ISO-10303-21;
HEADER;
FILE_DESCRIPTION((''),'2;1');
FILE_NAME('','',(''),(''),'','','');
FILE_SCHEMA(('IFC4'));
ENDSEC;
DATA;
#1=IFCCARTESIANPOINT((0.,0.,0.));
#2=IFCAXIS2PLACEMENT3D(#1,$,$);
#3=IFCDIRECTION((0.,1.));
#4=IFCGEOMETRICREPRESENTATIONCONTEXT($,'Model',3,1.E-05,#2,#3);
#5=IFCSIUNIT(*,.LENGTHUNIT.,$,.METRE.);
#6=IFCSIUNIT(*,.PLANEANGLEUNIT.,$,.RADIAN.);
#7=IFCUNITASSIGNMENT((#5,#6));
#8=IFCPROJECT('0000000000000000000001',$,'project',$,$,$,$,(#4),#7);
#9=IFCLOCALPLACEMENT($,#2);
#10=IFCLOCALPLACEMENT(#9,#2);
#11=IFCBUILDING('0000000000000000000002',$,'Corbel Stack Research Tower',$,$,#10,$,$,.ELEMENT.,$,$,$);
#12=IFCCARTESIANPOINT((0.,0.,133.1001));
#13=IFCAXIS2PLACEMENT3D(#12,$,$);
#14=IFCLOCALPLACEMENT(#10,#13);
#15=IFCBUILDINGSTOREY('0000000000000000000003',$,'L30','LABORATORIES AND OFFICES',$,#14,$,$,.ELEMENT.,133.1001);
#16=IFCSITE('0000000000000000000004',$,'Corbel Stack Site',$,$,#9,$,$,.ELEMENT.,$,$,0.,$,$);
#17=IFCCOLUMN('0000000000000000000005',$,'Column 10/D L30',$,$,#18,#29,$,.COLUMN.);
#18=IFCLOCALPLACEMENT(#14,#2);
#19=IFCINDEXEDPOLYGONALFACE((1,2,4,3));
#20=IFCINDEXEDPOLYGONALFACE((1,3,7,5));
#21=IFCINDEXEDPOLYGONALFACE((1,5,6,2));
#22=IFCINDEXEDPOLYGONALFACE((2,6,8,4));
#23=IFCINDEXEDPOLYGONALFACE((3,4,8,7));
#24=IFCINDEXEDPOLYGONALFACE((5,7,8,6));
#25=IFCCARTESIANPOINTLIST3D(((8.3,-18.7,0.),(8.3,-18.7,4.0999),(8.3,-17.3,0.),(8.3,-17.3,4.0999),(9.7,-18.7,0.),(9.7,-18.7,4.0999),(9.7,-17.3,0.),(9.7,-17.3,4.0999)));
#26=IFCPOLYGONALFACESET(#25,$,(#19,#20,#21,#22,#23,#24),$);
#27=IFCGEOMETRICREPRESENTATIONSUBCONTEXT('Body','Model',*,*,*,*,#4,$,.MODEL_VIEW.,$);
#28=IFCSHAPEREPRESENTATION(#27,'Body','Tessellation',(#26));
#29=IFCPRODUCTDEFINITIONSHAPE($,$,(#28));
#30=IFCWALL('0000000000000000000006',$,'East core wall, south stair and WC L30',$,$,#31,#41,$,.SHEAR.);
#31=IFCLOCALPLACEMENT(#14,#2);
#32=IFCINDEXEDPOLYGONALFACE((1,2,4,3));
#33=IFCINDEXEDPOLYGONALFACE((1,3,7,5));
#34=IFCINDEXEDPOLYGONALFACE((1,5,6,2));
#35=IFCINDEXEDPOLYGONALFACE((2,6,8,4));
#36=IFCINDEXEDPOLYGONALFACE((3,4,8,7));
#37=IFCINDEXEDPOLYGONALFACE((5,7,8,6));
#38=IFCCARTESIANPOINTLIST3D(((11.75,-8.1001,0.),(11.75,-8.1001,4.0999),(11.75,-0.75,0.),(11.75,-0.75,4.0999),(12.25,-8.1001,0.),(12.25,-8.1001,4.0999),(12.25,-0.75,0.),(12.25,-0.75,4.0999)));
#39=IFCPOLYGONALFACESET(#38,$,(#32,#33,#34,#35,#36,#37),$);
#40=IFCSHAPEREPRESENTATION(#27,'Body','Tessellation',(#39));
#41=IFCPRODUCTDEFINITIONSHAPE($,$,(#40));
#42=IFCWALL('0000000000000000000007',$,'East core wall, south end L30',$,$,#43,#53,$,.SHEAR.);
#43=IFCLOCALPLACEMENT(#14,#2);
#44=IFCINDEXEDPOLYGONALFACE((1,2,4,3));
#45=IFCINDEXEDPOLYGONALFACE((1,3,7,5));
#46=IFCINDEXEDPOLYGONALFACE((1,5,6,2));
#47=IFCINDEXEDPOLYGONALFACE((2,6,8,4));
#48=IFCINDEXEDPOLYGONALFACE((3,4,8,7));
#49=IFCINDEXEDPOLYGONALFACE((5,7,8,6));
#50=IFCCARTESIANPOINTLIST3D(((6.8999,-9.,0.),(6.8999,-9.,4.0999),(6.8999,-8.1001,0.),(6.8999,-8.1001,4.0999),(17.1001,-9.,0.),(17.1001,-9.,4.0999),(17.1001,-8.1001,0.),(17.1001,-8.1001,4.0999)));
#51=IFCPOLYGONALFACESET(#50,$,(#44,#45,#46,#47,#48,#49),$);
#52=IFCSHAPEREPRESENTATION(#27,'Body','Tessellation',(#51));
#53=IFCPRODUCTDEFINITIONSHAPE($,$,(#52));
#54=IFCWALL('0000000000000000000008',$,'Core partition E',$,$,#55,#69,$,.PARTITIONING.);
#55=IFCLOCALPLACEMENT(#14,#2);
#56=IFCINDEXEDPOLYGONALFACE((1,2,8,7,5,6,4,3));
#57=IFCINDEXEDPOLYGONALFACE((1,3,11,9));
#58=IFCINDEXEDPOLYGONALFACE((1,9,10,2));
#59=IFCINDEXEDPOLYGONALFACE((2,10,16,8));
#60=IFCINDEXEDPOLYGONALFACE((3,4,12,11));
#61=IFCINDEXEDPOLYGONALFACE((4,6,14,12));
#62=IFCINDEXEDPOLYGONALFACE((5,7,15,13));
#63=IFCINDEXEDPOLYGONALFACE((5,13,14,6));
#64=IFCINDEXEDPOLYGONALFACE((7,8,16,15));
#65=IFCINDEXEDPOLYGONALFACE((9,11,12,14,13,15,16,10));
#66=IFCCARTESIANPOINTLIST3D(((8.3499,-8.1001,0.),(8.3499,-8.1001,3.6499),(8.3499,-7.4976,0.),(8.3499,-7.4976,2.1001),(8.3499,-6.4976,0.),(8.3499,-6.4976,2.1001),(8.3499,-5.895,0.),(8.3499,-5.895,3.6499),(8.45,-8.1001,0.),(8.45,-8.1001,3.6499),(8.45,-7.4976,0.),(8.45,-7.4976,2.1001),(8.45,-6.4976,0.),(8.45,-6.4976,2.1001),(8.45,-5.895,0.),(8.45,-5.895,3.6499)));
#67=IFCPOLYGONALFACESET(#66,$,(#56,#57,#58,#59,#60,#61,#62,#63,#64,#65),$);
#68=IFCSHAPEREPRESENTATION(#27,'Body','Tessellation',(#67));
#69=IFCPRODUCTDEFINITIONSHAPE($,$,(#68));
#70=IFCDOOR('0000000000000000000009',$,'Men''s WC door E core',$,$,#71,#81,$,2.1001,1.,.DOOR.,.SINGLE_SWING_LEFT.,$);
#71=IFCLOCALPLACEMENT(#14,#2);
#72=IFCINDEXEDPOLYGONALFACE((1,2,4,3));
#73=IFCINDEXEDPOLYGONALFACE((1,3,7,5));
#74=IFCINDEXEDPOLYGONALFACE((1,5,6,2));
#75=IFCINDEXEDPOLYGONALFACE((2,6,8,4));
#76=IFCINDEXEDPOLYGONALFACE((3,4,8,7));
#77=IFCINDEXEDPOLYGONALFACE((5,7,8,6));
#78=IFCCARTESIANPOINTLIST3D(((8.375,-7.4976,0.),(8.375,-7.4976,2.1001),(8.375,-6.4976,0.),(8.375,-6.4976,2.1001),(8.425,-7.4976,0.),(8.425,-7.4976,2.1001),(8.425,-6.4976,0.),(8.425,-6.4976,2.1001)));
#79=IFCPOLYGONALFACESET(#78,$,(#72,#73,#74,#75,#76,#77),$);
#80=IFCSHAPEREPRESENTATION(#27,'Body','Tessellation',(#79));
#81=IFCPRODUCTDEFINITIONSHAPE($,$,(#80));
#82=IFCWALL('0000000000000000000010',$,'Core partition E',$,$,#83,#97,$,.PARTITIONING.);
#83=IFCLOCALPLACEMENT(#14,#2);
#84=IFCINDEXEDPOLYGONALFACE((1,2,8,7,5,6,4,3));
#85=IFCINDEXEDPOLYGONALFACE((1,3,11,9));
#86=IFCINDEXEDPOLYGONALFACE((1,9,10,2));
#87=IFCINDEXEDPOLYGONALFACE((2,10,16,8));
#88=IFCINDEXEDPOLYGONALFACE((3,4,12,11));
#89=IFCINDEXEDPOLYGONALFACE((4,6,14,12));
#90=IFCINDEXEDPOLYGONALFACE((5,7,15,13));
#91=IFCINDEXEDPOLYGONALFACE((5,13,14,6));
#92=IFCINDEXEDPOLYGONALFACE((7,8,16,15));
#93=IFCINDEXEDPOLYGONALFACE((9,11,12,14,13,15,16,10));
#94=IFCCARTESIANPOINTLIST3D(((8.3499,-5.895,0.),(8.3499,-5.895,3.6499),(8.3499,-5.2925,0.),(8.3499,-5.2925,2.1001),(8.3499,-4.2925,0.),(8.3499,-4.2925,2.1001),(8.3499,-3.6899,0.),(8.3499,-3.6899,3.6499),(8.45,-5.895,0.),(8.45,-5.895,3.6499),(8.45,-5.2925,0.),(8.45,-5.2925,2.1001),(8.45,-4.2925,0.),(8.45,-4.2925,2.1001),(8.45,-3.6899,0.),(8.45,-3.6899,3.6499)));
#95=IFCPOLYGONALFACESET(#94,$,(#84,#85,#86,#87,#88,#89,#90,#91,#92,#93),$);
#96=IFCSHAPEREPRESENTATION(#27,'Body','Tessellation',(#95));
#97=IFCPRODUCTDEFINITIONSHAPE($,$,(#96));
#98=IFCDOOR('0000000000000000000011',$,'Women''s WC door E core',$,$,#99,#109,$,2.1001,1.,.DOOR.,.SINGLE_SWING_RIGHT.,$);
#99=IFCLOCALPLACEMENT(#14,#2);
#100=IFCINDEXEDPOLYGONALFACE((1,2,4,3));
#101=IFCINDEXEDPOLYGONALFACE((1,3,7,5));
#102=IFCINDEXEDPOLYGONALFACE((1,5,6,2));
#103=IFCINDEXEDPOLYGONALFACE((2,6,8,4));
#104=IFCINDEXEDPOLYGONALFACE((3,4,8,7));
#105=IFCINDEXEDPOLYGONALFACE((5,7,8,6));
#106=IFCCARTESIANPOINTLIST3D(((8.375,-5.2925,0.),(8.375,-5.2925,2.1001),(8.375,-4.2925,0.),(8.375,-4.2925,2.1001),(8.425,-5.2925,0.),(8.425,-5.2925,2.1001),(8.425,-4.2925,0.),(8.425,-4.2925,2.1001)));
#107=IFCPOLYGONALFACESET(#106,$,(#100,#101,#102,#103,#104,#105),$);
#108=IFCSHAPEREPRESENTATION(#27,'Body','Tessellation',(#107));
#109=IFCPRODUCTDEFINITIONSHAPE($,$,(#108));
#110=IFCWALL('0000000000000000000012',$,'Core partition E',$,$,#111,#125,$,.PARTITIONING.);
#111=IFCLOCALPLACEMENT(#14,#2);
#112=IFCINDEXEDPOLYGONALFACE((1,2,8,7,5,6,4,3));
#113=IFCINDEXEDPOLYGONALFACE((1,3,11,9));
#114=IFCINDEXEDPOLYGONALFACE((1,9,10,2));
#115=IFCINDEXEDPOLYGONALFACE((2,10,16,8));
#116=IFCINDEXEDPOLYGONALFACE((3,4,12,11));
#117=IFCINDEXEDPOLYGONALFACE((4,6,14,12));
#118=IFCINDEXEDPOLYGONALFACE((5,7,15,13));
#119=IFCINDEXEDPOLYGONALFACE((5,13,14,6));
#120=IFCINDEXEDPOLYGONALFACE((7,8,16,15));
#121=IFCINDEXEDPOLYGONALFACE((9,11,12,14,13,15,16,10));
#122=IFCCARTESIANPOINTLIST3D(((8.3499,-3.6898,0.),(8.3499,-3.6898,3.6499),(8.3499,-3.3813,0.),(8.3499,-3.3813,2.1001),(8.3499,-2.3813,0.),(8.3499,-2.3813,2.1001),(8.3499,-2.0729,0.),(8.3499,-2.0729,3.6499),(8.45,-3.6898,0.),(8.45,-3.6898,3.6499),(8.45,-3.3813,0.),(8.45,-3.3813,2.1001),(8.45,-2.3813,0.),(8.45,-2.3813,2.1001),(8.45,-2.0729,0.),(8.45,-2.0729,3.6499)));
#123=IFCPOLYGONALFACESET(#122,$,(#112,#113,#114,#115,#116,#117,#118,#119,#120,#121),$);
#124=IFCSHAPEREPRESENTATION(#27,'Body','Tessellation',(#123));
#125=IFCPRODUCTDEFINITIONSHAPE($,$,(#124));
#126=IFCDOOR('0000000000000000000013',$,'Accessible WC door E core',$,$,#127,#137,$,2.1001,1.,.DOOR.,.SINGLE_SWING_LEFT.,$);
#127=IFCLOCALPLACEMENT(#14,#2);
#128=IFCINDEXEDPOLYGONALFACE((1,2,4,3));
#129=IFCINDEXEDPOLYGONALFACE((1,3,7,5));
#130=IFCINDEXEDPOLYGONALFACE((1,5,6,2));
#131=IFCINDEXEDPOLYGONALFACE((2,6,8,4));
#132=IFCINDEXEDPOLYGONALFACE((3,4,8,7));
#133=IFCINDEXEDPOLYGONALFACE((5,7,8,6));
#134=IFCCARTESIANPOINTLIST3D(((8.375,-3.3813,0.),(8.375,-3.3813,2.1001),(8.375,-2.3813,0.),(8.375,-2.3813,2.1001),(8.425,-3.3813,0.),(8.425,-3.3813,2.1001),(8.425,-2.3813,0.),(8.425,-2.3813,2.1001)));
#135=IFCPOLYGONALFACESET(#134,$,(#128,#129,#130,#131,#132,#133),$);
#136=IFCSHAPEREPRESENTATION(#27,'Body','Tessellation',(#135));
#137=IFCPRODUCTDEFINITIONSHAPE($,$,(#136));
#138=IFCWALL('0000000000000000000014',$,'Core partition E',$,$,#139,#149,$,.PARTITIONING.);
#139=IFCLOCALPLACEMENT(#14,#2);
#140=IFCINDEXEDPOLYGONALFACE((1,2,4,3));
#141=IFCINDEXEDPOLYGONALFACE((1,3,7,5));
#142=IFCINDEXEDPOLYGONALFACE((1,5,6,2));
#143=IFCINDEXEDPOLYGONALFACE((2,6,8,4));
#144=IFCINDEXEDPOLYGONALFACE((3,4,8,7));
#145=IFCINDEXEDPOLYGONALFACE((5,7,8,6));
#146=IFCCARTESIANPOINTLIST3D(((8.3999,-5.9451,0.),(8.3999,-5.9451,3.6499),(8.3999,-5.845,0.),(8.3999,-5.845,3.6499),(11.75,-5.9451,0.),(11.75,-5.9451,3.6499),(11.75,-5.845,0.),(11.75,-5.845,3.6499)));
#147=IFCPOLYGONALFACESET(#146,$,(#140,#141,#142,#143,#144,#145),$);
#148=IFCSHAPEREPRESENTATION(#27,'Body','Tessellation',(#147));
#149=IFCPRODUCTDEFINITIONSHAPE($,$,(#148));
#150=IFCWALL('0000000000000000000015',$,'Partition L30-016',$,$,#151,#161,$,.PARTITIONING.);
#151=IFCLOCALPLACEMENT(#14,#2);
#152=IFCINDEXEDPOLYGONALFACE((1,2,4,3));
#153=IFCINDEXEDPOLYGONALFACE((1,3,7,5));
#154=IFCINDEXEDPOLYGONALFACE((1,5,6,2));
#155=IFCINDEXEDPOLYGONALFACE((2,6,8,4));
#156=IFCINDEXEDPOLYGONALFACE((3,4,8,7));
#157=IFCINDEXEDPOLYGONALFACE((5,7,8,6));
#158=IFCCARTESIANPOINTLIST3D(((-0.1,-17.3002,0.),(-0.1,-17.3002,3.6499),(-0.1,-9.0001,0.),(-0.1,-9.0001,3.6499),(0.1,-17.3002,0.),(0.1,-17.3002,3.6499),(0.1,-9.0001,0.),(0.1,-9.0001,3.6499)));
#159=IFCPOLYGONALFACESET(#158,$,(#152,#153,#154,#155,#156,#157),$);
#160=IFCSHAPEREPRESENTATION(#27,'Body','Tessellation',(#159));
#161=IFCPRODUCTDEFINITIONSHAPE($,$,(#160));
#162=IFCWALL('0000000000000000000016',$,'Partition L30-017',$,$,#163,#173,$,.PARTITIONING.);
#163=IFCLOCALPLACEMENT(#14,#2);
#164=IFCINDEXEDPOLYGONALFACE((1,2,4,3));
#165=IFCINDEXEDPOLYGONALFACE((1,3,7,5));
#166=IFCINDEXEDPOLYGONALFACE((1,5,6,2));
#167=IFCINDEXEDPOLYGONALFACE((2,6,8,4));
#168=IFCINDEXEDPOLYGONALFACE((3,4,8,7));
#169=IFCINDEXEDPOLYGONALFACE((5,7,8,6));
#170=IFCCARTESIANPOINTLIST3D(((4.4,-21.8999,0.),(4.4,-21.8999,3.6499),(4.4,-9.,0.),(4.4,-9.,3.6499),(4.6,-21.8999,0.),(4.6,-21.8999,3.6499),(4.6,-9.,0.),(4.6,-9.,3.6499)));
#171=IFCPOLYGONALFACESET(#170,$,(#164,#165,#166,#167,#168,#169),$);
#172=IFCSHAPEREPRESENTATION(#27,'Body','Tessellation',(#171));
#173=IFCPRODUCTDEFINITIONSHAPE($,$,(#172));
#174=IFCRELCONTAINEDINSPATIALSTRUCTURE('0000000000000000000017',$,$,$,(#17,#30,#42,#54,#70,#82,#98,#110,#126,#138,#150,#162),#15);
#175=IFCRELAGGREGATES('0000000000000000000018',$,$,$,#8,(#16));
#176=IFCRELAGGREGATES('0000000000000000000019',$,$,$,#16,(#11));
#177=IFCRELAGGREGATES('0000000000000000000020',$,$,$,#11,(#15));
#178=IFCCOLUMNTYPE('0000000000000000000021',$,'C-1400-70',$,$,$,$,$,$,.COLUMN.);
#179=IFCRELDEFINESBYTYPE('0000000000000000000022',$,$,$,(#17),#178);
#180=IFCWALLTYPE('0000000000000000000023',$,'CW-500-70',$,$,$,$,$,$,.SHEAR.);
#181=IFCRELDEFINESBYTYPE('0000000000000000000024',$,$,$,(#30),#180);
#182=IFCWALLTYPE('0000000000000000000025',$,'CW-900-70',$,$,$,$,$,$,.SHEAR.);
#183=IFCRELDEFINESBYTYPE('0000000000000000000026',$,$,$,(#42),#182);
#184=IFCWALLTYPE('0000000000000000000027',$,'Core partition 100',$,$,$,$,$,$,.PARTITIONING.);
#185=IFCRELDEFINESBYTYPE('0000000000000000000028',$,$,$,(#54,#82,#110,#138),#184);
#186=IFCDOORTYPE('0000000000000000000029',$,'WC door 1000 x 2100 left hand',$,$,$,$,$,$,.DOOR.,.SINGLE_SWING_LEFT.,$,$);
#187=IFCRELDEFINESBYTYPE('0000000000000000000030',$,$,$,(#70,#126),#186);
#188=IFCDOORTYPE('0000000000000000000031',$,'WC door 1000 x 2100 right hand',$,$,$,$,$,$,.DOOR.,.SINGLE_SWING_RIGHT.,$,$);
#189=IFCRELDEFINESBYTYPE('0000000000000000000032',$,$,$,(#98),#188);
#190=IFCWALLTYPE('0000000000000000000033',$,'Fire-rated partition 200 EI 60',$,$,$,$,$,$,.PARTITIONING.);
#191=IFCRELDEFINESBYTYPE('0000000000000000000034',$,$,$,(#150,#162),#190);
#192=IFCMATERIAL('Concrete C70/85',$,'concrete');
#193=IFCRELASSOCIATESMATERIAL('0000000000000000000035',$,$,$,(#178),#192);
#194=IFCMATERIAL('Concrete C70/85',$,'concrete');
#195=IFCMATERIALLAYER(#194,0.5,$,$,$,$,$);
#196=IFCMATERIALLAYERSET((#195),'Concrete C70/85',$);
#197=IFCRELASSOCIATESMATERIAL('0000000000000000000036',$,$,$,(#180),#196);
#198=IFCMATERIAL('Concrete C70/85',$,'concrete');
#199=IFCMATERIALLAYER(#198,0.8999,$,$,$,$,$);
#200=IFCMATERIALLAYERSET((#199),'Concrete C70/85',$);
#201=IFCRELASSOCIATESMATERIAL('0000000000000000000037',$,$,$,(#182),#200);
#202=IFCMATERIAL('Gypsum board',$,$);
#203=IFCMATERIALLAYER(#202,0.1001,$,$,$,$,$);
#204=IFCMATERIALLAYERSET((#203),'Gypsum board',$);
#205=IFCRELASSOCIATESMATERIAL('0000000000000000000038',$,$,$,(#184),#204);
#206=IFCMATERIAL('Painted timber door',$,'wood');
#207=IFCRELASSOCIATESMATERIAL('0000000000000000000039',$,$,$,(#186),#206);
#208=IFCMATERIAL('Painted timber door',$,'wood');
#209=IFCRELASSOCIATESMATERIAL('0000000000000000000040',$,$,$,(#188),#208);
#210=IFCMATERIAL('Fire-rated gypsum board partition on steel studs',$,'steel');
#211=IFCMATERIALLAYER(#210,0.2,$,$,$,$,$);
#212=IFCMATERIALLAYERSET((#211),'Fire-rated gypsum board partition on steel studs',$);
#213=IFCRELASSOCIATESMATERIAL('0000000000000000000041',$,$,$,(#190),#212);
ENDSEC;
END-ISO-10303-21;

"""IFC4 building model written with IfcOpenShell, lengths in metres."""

from ifc_helpers import new_model, si_unit, direction, frame, frame_2d, origin, origin_2d, place, context, subcontext, project, spatial, rectangle, extrude, material, layer, layer_set, material_profile, profile_set, type_object, element, fill, save


model = new_model("IFC4")

# Units and contexts
model_context = context("Model", 3, precision=1e-05, world=origin(), true_north=direction((0.0, 1.0)))
body_context = subcontext(model_context, "Body", "Model", "MODEL_VIEW")
ifc_project = project(units=[si_unit("LENGTHUNIT", "METRE"), si_unit("PLANEANGLEUNIT", "RADIAN")], contexts=[model_context])

# Site, building, storey
site_placement = place(None, origin())
site = spatial("IfcSite", under=ifc_project, at=site_placement, Name="Corbel Stack Site", CompositionType="ELEMENT", RefElevation=0.0)
building_placement = place(site_placement, origin())
building = spatial("IfcBuilding", under=site, at=building_placement, Name="Corbel Stack Research Tower", CompositionType="ELEMENT")
storey_placement = place(building_placement, frame((0.0, 0.0, 133.1001)))
storey = spatial("IfcBuildingStorey", under=building, at=storey_placement, Name="L30", Description="LABORATORIES AND OFFICES", CompositionType="ELEMENT", Elevation=133.1001)

# Column
ifc_material_1 = material(Name="Concrete C70/85", Category="concrete")
ifc_material_profile = material_profile(ifc_material_1, rectangle(XDim=1.3999, YDim=1.3999, at=origin_2d()), Name="RC 1400 x 1400")
ifc_profile_set = profile_set([ifc_material_profile], Name="Concrete C70/85")
column_type = type_object("IfcColumnType", Name="C-1400-70", PredefinedType="COLUMN", material=ifc_profile_set)
column_placement = place(storey_placement, frame((9.0, -18.0, 0.0), z_axis=(0.0, 0.0, 1.0), x_axis=(1.0, 0.0, 0.0)))
element("IfcColumn", 1, at=column_placement, inside=storey, type_object=column_type, Name="Column 10/D L30", PredefinedType="COLUMN", context=body_context, shape_type="SweptSolid", body=[
    extrude(rectangle(XDim=1.3999, YDim=1.3999, at=origin_2d()), origin(), (0.0, 0.0, 1.0), 4.0999),
])

# Wall
ifc_material_2 = material(Name="Concrete C70/85", Category="concrete")
ifc_layer_1 = layer(ifc_material_2, 0.5)
ifc_layer_set_1 = layer_set([ifc_layer_1], Name="Concrete C70/85")
wall_type_1 = type_object("IfcWallType", Name="CW-500-70", PredefinedType="SHEAR", material=ifc_layer_set_1)
wall_1_placement = place(storey_placement, frame((12.0, -8.1001, 0.0), z_axis=(0.0, 0.0, 1.0), x_axis=(0.0, 1.0, 0.0)))
element("IfcWall", 2, at=wall_1_placement, inside=storey, type_object=wall_type_1, Name="East core wall, south stair and WC L30", PredefinedType="SHEAR", context=body_context, shape_type="SweptSolid", body=[
    extrude(rectangle(XDim=7.3501, YDim=0.5, at=frame_2d((3.675, 0.0))), origin(), (0.0, 0.0, 1.0), 4.0999),
])

# Shared definitions
ifc_material_3 = material(Name="Concrete C70/85", Category="concrete")
ifc_layer_2 = layer(ifc_material_3, 0.8999)
ifc_layer_set_2 = layer_set([ifc_layer_2], Name="Concrete C70/85")
wall_type_2 = type_object("IfcWallType", Name="CW-900-70", PredefinedType="SHEAR", material=ifc_layer_set_2)

# Wall
wall_2_placement = place(storey_placement, frame((6.8999, -8.55, 0.0), z_axis=(0.0, 0.0, 1.0), x_axis=(1.0, 0.0, 0.0)))
element("IfcWall", 3, at=wall_2_placement, inside=storey, type_object=wall_type_2, Name="East core wall, south end L30", PredefinedType="SHEAR", context=body_context, shape_type="SweptSolid", body=[
    extrude(rectangle(XDim=10.2002, YDim=0.8999, at=frame_2d((5.1001, 0.0))), origin(), (0.0, 0.0, 1.0), 4.0999),
])

# Walls, openings, doors
ifc_material_4 = material(Name="Gypsum board")
ifc_layer_3 = layer(ifc_material_4, 0.1001)
ifc_layer_set_3 = layer_set([ifc_layer_3], Name="Gypsum board")
wall_type_3 = type_object("IfcWallType", Name="Core partition 100", PredefinedType="PARTITIONING", material=ifc_layer_set_3)
wall_3_placement = place(storey_placement, frame((8.3999, -8.1001, 0.0), z_axis=(0.0, 0.0, 1.0), x_axis=(0.0, 1.0, 0.0)))
wall_3 = element("IfcWall", 4, at=wall_3_placement, inside=storey, type_object=wall_type_3, Name="Core partition E", PredefinedType="PARTITIONING", context=body_context, shape_type="SweptSolid", body=[
    extrude(rectangle(XDim=2.2051, YDim=0.1001, at=frame_2d((1.1025, 0.0))), origin(), (0.0, 0.0, 1.0), 3.6499),
])
opening_1_placement = place(wall_3_placement, frame((0.6025, 0.0, 0.0)))
opening_1 = element("IfcOpeningElement", 5, at=opening_1_placement, cuts=wall_3, PredefinedType="OPENING", context=body_context, shape_type="SweptSolid", body=[
    extrude(rectangle(XDim=1.0, YDim=2.1001, at=frame_2d((0.5, 1.05))), frame((0.0, 0.0601, 0.0), z_axis=(0.0, -1.0, 0.0), x_axis=(1.0, 0.0, 0.0)), (0.0, 0.0, 1.0), 0.1201),
])
ifc_material_5 = material(Name="Painted timber door", Category="wood")
door_type_1 = type_object("IfcDoorType", Name="WC door 1000 x 2100 left hand", OperationType="SINGLE_SWING_LEFT", PredefinedType="DOOR", material=ifc_material_5)
door_1_placement = place(opening_1_placement, origin())
door_1 = element("IfcDoor", 6, at=door_1_placement, inside=storey, type_object=door_type_1, Name="Men's WC door E core", OperationType="SINGLE_SWING_LEFT", OverallHeight=2.1001, OverallWidth=1.0, PredefinedType="DOOR", context=body_context, shape_type="SweptSolid", body=[
    extrude(rectangle(XDim=1.0, YDim=2.1001, at=frame_2d((0.5, 1.05))), frame((0.0, 0.0249, 0.0), z_axis=(0.0, -1.0, 0.0), x_axis=(1.0, 0.0, 0.0)), (0.0, 0.0, 1.0), 0.05),
])
fill(opening_1, door_1)
wall_4_placement = place(storey_placement, frame((8.3999, -5.895, 0.0), z_axis=(0.0, 0.0, 1.0), x_axis=(0.0, 1.0, 0.0)))
wall_4 = element("IfcWall", 7, at=wall_4_placement, inside=storey, type_object=wall_type_3, Name="Core partition E", PredefinedType="PARTITIONING", context=body_context, shape_type="SweptSolid", body=[
    extrude(rectangle(XDim=2.2051, YDim=0.1001, at=frame_2d((1.1025, 0.0))), origin(), (0.0, 0.0, 1.0), 3.6499),
])
opening_2_placement = place(wall_4_placement, frame((0.6025, 0.0, 0.0)))
opening_2 = element("IfcOpeningElement", 8, at=opening_2_placement, cuts=wall_4, PredefinedType="OPENING", context=body_context, shape_type="SweptSolid", body=[
    extrude(rectangle(XDim=1.0, YDim=2.1001, at=frame_2d((0.5, 1.05))), frame((0.0, 0.0601, 0.0), z_axis=(0.0, -1.0, 0.0), x_axis=(1.0, 0.0, 0.0)), (0.0, 0.0, 1.0), 0.1201),
])
ifc_material_6 = material(Name="Painted timber door", Category="wood")
door_type_2 = type_object("IfcDoorType", Name="WC door 1000 x 2100 right hand", OperationType="SINGLE_SWING_RIGHT", PredefinedType="DOOR", material=ifc_material_6)
door_2_placement = place(opening_2_placement, origin())
door_2 = element("IfcDoor", 9, at=door_2_placement, inside=storey, type_object=door_type_2, Name="Women's WC door E core", OperationType="SINGLE_SWING_RIGHT", OverallHeight=2.1001, OverallWidth=1.0, PredefinedType="DOOR", context=body_context, shape_type="SweptSolid", body=[
    extrude(rectangle(XDim=1.0, YDim=2.1001, at=frame_2d((0.5, 1.05))), frame((0.0, 0.0249, 0.0), z_axis=(0.0, -1.0, 0.0), x_axis=(1.0, 0.0, 0.0)), (0.0, 0.0, 1.0), 0.05),
])
fill(opening_2, door_2)
wall_5_placement = place(storey_placement, frame((8.3999, -3.6899, 0.0), z_axis=(0.0, 0.0, 1.0), x_axis=(0.0, 1.0, 0.0)))
wall_5 = element("IfcWall", 10, at=wall_5_placement, inside=storey, type_object=wall_type_3, Name="Core partition E", PredefinedType="PARTITIONING", context=body_context, shape_type="SweptSolid", body=[
    extrude(rectangle(XDim=1.6169, YDim=0.1001, at=frame_2d((0.8086, 0.0))), origin(), (0.0, 0.0, 1.0), 3.6499),
])
opening_3_placement = place(wall_5_placement, frame((0.3086, 0.0, 0.0)))
opening_3 = element("IfcOpeningElement", 11, at=opening_3_placement, cuts=wall_5, PredefinedType="OPENING", context=body_context, shape_type="SweptSolid", body=[
    extrude(rectangle(XDim=1.0, YDim=2.1001, at=frame_2d((0.5, 1.05))), frame((0.0, 0.0601, 0.0), z_axis=(0.0, -1.0, 0.0), x_axis=(1.0, 0.0, 0.0)), (0.0, 0.0, 1.0), 0.1201),
])
door_3_placement = place(opening_3_placement, origin())
door_3 = element("IfcDoor", 12, at=door_3_placement, inside=storey, type_object=door_type_1, Name="Accessible WC door E core", OperationType="SINGLE_SWING_LEFT", OverallHeight=2.1001, OverallWidth=1.0, PredefinedType="DOOR", context=body_context, shape_type="SweptSolid", body=[
    extrude(rectangle(XDim=1.0, YDim=2.1001, at=frame_2d((0.5, 1.05))), frame((0.0, 0.0249, 0.0), z_axis=(0.0, -1.0, 0.0), x_axis=(1.0, 0.0, 0.0)), (0.0, 0.0, 1.0), 0.05),
])
fill(opening_3, door_3)

# Walls
wall_6_placement = place(storey_placement, frame((8.3999, -5.895, 0.0), z_axis=(0.0, 0.0, 1.0), x_axis=(1.0, 0.0, 0.0)))
element("IfcWall", 13, at=wall_6_placement, inside=storey, type_object=wall_type_3, Name="Core partition E", PredefinedType="PARTITIONING", context=body_context, shape_type="SweptSolid", body=[
    extrude(rectangle(XDim=3.3501, YDim=0.1001, at=frame_2d((1.675, 0.0))), origin(), (0.0, 0.0, 1.0), 3.6499),
])
ifc_material_7 = material(Name="Fire-rated gypsum board partition on steel studs", Category="steel")
ifc_layer_4 = layer(ifc_material_7, 0.2)
ifc_layer_set_4 = layer_set([ifc_layer_4], Name="Fire-rated gypsum board partition on steel studs")
wall_type_4 = type_object("IfcWallType", Name="Fire-rated partition 200 EI 60", PredefinedType="PARTITIONING", material=ifc_layer_set_4)
wall_7_placement = place(storey_placement, frame((0.0, -17.3, 0.0), z_axis=(0.0, 0.0, 1.0), x_axis=(0.0, 1.0, 0.0)))
element("IfcWall", 14, at=wall_7_placement, inside=storey, type_object=wall_type_4, Name="Partition L30-016", PredefinedType="PARTITIONING", context=body_context, shape_type="SweptSolid", body=[
    extrude(rectangle(XDim=8.3, YDim=0.2, at=frame_2d((4.1499, 0.0))), origin(), (0.0, 0.0, 1.0), 3.6499),
])
wall_8_placement = place(storey_placement, frame((4.5, -21.8999, 0.0), z_axis=(0.0, 0.0, 1.0), x_axis=(0.0, 1.0, 0.0)))
element("IfcWall", 15, at=wall_8_placement, inside=storey, type_object=wall_type_4, Name="Partition L30-017", PredefinedType="PARTITIONING", context=body_context, shape_type="SweptSolid", body=[
    extrude(rectangle(XDim=12.8999, YDim=0.2, at=frame_2d((6.45, 0.0))), origin(), (0.0, 0.0, 1.0), 3.6499),
])

save(model, "model.ifc")
